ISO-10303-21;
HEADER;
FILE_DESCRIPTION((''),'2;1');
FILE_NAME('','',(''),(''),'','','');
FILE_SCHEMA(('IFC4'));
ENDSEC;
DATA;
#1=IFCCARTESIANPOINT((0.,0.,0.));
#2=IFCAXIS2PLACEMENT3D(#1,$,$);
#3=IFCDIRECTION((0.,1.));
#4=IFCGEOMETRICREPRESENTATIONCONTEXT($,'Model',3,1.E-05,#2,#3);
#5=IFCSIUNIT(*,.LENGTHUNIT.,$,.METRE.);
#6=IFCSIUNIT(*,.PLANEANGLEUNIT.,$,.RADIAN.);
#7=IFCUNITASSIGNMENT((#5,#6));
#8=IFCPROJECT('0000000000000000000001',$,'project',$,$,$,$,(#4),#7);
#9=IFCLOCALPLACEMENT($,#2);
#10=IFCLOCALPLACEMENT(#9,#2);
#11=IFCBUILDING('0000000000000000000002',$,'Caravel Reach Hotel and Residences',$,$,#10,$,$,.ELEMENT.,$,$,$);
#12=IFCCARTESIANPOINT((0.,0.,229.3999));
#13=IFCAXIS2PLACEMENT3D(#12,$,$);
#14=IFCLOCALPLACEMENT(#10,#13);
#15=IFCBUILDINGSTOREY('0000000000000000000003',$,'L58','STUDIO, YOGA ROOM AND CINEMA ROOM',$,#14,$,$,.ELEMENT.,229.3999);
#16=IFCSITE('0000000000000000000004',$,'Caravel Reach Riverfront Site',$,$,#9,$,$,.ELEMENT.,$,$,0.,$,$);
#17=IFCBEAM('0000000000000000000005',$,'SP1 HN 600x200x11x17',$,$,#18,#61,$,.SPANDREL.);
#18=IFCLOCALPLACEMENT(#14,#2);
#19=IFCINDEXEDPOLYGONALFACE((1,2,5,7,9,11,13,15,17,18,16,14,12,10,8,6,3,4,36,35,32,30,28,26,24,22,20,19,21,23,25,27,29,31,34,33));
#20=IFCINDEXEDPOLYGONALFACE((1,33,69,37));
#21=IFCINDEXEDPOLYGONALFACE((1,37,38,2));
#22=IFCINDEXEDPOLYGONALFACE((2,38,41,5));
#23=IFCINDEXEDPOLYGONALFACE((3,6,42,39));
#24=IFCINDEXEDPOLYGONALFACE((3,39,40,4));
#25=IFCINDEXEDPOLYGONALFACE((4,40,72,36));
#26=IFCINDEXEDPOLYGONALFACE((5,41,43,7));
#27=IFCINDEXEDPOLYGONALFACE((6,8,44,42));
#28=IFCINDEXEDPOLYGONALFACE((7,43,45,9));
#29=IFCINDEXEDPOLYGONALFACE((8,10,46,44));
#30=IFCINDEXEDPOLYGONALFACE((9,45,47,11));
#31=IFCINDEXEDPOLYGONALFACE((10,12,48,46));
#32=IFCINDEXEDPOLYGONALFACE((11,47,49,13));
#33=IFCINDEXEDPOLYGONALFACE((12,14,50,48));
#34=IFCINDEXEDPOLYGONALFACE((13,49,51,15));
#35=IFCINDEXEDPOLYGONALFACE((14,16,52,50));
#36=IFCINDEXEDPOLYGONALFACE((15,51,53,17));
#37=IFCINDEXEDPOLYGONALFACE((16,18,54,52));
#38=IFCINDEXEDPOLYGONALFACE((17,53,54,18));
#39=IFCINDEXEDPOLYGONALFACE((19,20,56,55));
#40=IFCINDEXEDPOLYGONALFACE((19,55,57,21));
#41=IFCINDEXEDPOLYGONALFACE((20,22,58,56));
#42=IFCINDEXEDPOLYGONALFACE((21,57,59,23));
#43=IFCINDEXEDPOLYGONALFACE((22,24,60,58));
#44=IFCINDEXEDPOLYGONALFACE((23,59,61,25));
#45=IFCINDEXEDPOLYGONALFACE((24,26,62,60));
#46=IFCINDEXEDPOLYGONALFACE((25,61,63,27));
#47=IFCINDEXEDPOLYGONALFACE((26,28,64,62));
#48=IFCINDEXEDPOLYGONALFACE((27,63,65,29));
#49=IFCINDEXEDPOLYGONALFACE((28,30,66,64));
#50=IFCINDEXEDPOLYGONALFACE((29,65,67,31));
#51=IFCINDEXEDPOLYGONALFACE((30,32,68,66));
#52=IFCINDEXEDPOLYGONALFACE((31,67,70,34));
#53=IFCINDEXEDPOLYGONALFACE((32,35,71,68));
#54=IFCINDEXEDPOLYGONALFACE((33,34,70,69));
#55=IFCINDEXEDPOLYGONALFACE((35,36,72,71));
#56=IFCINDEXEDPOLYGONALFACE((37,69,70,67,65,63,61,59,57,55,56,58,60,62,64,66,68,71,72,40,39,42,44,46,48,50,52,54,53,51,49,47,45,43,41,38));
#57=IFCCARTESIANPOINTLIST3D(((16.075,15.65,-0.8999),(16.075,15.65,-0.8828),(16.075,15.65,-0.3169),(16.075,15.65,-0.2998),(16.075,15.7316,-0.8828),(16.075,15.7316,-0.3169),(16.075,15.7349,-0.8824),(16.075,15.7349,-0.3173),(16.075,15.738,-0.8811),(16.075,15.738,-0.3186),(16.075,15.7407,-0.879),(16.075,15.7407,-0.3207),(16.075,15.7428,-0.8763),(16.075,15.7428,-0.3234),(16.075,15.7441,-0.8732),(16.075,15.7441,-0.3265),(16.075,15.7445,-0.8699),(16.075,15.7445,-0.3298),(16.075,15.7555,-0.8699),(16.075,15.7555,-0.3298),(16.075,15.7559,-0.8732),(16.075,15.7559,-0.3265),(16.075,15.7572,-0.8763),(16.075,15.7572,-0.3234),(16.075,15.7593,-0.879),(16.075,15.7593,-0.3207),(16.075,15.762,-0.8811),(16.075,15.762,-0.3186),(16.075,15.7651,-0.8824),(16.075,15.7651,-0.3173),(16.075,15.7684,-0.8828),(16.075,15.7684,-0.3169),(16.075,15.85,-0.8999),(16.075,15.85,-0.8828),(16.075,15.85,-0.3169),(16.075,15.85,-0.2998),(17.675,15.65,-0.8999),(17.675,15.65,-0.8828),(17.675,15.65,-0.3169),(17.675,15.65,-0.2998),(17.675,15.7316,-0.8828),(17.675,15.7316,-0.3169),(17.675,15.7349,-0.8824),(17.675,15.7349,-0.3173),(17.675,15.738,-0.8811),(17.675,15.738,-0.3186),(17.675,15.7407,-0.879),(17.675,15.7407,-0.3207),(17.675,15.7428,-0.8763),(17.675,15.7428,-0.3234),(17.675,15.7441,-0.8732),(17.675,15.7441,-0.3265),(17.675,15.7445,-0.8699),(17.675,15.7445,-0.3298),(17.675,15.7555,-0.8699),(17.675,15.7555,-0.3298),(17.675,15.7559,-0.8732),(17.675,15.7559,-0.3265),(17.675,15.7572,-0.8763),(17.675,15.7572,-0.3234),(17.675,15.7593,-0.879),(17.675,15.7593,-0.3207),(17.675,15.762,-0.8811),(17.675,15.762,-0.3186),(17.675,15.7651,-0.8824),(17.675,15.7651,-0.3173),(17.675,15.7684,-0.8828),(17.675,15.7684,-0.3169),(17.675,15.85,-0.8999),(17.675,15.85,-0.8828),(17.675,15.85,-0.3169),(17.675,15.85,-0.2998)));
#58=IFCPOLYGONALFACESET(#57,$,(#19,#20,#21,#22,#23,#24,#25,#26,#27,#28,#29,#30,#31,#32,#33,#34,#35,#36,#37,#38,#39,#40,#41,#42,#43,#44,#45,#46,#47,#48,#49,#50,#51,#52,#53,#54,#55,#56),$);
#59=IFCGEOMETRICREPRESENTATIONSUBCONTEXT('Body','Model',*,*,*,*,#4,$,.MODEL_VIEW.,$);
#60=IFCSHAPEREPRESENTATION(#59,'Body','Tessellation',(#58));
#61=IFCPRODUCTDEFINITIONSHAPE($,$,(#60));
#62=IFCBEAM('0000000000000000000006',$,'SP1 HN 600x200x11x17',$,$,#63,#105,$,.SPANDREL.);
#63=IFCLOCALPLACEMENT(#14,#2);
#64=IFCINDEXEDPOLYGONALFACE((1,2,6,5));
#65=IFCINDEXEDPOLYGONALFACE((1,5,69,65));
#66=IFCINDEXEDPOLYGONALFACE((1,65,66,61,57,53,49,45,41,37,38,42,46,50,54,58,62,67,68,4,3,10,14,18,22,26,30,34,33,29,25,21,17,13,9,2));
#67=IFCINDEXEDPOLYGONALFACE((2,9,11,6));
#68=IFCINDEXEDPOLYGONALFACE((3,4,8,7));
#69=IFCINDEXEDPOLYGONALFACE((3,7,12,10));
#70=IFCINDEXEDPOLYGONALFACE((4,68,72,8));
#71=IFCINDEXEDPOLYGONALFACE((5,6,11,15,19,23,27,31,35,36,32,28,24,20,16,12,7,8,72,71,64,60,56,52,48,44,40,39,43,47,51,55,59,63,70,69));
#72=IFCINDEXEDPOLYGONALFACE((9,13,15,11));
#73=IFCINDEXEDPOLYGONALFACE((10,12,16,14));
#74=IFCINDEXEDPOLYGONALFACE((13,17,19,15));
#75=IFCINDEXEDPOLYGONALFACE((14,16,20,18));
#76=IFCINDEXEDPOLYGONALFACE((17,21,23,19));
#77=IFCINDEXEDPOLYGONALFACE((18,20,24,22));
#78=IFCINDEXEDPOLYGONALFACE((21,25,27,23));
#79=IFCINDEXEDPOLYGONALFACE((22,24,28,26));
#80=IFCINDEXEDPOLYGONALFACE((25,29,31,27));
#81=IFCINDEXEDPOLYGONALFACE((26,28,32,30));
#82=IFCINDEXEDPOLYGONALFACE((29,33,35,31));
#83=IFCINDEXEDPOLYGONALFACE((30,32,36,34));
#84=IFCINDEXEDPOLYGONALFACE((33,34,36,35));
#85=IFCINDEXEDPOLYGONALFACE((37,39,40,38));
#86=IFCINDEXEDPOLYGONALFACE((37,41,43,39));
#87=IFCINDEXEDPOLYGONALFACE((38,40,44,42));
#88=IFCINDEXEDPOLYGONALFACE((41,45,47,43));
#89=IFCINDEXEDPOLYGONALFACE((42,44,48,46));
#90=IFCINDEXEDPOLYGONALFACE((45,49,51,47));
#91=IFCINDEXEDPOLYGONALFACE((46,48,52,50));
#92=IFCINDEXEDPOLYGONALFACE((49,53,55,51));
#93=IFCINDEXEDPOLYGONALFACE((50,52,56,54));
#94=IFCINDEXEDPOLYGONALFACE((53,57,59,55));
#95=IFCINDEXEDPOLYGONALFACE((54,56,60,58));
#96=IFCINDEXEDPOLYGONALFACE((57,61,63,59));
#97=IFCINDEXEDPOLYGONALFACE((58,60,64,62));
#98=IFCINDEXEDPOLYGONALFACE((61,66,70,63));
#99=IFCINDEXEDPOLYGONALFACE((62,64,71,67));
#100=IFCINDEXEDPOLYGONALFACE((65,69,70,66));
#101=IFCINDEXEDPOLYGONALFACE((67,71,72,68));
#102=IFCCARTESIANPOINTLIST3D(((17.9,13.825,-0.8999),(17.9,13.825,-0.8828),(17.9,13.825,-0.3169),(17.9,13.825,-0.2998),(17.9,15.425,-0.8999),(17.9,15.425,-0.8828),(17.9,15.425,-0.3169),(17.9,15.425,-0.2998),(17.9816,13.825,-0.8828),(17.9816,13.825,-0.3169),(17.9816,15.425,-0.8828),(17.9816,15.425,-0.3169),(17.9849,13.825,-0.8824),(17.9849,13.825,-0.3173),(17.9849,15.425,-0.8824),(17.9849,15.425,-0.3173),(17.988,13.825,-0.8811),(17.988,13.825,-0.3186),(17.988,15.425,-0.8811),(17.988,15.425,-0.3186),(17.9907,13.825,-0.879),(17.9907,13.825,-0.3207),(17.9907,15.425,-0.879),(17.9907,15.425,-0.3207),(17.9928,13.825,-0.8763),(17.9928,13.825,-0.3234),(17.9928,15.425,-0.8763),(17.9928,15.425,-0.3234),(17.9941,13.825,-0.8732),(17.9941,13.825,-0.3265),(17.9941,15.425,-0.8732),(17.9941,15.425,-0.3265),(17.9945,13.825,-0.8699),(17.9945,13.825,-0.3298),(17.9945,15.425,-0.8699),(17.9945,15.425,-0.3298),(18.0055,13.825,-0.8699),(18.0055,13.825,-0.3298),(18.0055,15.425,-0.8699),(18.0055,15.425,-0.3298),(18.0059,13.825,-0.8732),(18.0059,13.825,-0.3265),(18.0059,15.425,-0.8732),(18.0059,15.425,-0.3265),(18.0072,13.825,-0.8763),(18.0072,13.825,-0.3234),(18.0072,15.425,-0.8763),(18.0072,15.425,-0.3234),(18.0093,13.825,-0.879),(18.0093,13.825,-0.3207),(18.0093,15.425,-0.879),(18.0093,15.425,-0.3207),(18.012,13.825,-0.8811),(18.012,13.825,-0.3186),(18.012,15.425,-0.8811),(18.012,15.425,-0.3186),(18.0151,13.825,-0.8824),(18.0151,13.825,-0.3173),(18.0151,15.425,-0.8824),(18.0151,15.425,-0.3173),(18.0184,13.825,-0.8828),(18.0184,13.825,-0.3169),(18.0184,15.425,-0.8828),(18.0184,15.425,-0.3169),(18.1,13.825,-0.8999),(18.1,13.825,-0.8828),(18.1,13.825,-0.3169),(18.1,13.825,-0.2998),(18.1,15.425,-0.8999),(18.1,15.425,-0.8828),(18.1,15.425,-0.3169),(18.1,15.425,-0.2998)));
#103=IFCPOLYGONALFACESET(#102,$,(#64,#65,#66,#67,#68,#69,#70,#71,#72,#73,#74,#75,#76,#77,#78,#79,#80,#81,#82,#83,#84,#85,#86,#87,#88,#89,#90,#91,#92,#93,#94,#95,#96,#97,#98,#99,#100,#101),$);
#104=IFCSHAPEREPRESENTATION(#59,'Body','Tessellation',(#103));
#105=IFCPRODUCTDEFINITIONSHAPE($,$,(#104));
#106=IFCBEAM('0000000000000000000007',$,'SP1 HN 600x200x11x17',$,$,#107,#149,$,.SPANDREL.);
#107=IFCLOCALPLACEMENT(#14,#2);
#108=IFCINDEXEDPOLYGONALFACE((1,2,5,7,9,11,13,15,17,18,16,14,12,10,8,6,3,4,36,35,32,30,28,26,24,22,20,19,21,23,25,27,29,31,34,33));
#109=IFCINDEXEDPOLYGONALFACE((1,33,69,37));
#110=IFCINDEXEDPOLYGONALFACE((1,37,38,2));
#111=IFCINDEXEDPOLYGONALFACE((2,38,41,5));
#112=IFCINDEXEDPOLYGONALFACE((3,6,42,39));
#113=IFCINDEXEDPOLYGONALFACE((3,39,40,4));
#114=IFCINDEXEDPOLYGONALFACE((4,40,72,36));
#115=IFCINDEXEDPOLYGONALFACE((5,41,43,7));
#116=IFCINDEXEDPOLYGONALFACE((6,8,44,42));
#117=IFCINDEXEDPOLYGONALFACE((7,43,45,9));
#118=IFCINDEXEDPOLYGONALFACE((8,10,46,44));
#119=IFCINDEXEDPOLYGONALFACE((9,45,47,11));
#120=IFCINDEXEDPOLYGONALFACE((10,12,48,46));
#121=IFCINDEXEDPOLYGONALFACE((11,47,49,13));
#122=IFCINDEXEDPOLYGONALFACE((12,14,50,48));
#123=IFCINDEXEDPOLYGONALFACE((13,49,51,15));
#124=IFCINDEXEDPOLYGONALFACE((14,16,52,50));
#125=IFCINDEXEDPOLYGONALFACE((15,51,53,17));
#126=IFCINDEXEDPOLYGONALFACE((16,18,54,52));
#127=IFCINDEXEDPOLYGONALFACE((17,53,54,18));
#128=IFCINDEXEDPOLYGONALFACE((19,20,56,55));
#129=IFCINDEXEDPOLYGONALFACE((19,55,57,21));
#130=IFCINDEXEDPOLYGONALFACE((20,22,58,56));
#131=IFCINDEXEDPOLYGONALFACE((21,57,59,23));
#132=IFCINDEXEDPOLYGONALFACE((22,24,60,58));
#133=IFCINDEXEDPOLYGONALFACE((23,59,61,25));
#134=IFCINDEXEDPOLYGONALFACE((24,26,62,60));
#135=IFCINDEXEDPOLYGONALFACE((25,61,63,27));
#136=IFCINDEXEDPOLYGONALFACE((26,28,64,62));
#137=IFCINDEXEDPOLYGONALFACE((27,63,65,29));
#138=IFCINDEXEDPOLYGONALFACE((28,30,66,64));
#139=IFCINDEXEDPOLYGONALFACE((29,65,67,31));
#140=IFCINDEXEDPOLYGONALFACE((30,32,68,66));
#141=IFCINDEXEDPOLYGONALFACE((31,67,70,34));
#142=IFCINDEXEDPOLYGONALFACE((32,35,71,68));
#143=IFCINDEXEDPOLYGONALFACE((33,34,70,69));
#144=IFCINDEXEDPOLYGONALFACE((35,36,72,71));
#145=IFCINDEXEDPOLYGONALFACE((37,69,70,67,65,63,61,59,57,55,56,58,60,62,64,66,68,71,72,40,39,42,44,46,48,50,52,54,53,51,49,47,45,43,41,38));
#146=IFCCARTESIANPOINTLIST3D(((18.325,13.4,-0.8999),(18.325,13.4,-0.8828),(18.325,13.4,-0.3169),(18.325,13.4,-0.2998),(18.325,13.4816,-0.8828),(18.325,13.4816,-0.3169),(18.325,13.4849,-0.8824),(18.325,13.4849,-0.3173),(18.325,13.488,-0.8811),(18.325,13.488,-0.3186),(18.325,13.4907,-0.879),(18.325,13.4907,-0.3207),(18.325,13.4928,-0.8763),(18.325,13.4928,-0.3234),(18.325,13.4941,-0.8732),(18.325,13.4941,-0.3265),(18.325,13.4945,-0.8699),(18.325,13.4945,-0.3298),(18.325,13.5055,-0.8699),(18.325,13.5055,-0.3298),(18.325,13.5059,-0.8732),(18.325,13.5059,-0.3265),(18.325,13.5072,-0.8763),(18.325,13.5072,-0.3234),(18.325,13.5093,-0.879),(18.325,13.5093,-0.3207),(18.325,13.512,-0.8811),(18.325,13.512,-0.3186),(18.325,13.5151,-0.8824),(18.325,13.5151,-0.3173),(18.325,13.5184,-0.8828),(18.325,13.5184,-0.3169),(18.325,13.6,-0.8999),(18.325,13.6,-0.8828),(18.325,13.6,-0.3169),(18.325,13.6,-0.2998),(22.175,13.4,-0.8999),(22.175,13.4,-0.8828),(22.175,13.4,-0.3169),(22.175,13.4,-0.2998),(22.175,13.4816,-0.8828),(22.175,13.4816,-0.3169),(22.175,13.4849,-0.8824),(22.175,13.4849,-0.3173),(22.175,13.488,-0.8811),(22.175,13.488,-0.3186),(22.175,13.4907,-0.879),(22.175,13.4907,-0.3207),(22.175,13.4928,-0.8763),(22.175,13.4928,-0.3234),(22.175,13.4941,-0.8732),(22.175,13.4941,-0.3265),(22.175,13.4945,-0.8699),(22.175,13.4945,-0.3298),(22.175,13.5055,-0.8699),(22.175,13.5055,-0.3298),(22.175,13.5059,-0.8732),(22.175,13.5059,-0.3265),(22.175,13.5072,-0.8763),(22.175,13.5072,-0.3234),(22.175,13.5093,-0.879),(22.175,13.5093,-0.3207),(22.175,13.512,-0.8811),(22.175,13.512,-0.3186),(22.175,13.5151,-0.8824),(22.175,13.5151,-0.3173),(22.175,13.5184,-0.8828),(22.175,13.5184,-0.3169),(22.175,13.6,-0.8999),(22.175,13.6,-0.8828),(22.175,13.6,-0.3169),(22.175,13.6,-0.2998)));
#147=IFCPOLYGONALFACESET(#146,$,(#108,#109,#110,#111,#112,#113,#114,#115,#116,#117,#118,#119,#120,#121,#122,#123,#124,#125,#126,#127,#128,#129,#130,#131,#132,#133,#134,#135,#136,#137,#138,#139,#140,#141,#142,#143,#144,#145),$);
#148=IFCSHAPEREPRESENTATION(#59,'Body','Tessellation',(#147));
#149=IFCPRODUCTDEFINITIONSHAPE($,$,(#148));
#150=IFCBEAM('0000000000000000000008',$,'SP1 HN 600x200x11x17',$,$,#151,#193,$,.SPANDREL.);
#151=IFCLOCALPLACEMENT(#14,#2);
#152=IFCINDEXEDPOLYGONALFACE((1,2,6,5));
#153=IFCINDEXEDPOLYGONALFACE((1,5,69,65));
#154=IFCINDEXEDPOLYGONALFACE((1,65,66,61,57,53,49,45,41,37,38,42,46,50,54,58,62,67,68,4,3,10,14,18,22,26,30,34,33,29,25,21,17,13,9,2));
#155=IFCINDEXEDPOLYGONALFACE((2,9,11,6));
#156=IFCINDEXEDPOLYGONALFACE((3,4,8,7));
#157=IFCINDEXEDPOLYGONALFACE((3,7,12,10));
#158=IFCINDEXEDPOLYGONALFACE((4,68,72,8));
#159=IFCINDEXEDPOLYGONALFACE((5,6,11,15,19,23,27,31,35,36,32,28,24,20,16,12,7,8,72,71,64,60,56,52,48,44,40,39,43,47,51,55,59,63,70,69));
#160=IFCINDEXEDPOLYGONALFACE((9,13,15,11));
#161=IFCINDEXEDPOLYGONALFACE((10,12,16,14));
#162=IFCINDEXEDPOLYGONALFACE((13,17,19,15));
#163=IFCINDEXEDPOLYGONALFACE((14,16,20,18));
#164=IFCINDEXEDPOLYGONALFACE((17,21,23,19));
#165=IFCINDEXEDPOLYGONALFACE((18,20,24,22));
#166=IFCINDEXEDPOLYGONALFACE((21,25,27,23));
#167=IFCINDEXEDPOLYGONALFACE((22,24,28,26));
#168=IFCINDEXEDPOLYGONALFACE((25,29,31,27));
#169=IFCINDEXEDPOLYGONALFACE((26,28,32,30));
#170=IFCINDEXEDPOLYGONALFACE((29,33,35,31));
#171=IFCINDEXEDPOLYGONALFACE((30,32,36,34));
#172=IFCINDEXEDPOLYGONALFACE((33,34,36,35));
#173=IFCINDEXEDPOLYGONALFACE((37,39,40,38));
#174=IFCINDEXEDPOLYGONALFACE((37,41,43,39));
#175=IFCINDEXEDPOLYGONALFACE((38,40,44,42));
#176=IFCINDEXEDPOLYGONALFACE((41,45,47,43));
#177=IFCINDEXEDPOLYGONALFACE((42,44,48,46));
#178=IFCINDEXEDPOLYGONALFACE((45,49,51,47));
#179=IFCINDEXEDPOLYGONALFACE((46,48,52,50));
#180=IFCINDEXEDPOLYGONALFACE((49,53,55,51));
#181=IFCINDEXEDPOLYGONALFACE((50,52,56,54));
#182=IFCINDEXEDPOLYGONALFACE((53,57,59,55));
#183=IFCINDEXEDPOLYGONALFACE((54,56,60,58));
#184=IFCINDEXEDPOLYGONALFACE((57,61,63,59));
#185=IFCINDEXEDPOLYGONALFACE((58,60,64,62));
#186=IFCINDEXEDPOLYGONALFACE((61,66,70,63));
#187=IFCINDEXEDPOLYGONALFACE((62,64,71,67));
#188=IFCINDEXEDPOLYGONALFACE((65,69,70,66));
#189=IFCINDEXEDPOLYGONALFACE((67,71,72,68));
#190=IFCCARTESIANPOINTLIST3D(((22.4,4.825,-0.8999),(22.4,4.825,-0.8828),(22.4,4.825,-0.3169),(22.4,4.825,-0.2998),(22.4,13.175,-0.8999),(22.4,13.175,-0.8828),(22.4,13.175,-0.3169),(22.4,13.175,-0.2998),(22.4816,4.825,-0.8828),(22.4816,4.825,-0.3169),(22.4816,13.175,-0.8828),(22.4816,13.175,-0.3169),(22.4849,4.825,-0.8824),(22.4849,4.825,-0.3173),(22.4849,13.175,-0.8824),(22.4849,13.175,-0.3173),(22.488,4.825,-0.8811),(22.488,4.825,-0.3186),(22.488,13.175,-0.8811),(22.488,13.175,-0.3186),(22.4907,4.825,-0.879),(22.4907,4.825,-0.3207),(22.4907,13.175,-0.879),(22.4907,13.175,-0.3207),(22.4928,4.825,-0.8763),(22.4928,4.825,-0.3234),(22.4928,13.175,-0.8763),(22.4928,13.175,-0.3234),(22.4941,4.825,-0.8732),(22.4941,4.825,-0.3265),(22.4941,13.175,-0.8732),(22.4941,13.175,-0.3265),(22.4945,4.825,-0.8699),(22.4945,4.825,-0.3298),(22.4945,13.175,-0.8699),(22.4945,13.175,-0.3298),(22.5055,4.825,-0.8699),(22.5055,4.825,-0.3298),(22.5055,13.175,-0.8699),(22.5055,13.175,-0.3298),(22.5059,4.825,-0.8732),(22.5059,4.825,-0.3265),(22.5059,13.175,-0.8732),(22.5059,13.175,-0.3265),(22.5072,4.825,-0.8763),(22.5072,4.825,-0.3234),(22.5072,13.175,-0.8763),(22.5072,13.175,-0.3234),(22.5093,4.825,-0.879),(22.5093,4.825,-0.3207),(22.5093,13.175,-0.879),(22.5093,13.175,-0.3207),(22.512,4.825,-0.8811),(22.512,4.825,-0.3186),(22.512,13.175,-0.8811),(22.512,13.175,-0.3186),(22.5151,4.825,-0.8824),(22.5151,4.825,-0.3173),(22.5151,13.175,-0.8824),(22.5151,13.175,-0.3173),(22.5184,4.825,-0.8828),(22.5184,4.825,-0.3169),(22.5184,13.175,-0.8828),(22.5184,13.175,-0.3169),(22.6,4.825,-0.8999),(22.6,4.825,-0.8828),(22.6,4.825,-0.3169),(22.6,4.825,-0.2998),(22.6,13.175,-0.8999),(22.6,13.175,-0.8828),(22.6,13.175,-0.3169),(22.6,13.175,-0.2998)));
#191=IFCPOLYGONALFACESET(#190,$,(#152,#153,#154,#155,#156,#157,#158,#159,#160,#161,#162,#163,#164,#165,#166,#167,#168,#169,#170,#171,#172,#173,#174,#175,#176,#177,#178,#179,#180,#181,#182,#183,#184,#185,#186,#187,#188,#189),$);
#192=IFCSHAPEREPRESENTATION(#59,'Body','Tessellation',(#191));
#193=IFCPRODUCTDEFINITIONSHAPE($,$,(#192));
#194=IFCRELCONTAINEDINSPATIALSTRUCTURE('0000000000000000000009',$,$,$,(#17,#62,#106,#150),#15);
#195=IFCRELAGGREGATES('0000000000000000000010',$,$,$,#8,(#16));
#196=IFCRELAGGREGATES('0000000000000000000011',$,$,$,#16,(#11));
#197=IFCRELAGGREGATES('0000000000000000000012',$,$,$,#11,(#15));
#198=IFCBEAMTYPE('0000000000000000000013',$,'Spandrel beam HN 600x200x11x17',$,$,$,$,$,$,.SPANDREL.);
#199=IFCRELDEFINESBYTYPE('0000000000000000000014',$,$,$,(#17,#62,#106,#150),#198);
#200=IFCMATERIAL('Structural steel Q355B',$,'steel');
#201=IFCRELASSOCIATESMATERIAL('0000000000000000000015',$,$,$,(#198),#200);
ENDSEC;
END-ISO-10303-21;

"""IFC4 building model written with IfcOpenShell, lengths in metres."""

from ifc_helpers import new_model, si_unit, direction, frame, origin, origin_2d, place, context, subcontext, project, spatial, i_section, extrude, material, material_profile, profile_set, type_object, element, save


model = new_model("IFC4")

# Units and contexts
model_context = context("Model", 3, precision=1e-05, world=origin(), true_north=direction((0.0, 1.0)))
body_context = subcontext(model_context, "Body", "Model", "MODEL_VIEW")
ifc_project = project(units=[si_unit("LENGTHUNIT", "METRE"), si_unit("PLANEANGLEUNIT", "RADIAN")], contexts=[model_context])

# Site, building, storey
site_placement = place(None, origin())
site = spatial("IfcSite", under=ifc_project, at=site_placement, Name="Caravel Reach Riverfront Site", CompositionType="ELEMENT", RefElevation=0.0)
building_placement = place(site_placement, origin())
building = spatial("IfcBuilding", under=site, at=building_placement, Name="Caravel Reach Hotel and Residences", CompositionType="ELEMENT")
storey_placement = place(building_placement, frame((0.0, 0.0, 229.3999)))
storey = spatial("IfcBuildingStorey", under=building, at=storey_placement, Name="L58", Description="STUDIO, YOGA ROOM AND CINEMA ROOM", CompositionType="ELEMENT", Elevation=229.3999)

# Beams
ifc_material_1 = material(Name="Structural steel Q355B", Category="steel")
ifc_material_profile_1 = material_profile(ifc_material_1, i_section(OverallWidth=0.2, OverallDepth=0.6001, WebThickness=0.011, FlangeThickness=0.0171, FilletRadius=0.0129, at=origin_2d()), Name="HN 600x200x11x17")
ifc_profile_set_1 = profile_set([ifc_material_profile_1], Name="Structural steel Q355B")
beam_type_1 = type_object("IfcBeamType", Name="Spandrel beam HN 600x200x11x17", PredefinedType="SPANDREL", material=ifc_profile_set_1)
for number, where, z_axis, x_axis, name in (
    (1, (16.075, 15.75, -0.5999), (1.0, 0.0, 0.0), (0.0, 1.0, 0.0), "SP1 HN 600x200x11x17"),
    (2, (18.0, 15.425, -0.5999), (0.0, -1.0, 0.0), (1.0, 0.0, 0.0), "SP1 HN 600x200x11x17"),
):
    element("IfcBeam", number, at=place(storey_placement, frame(where, z_axis=z_axis, x_axis=x_axis)), inside=storey, type_object=beam_type_1, Name=name, PredefinedType="SPANDREL", context=body_context, shape_type="SweptSolid", body=[
        extrude(i_section(OverallWidth=0.2, OverallDepth=0.6001, WebThickness=0.011, FlangeThickness=0.0171, FilletRadius=0.0129, at=origin_2d()), origin(), (0.0, 0.0, 1.0), 1.6001),
    ])
beam_1_placement = place(storey_placement, frame((18.325, 13.5, -0.5999), z_axis=(1.0, 0.0, 0.0), x_axis=(0.0, 1.0, 0.0)))
element("IfcBeam", 3, at=beam_1_placement, inside=storey, type_object=beam_type_1, Name="SP1 HN 600x200x11x17", PredefinedType="SPANDREL", context=body_context, shape_type="SweptSolid", body=[
    extrude(i_section(OverallWidth=0.2, OverallDepth=0.6001, WebThickness=0.011, FlangeThickness=0.0171, FilletRadius=0.0129, at=origin_2d()), origin(), (0.0, 0.0, 1.0), 3.8501),
])
beam_2_placement = place(storey_placement, frame((22.5, 13.175, -0.5999), z_axis=(0.0, -1.0, 0.0), x_axis=(1.0, 0.0, 0.0)))
element("IfcBeam", 4, at=beam_2_placement, inside=storey, type_object=beam_type_1, Name="SP1 HN 600x200x11x17", PredefinedType="SPANDREL", context=body_context, shape_type="SweptSolid", body=[
    extrude(i_section(OverallWidth=0.2, OverallDepth=0.6001, WebThickness=0.011, FlangeThickness=0.0171, FilletRadius=0.0129, at=origin_2d()), origin(), (0.0, 0.0, 1.0), 8.3501),
])

save(model, "model.ifc")
